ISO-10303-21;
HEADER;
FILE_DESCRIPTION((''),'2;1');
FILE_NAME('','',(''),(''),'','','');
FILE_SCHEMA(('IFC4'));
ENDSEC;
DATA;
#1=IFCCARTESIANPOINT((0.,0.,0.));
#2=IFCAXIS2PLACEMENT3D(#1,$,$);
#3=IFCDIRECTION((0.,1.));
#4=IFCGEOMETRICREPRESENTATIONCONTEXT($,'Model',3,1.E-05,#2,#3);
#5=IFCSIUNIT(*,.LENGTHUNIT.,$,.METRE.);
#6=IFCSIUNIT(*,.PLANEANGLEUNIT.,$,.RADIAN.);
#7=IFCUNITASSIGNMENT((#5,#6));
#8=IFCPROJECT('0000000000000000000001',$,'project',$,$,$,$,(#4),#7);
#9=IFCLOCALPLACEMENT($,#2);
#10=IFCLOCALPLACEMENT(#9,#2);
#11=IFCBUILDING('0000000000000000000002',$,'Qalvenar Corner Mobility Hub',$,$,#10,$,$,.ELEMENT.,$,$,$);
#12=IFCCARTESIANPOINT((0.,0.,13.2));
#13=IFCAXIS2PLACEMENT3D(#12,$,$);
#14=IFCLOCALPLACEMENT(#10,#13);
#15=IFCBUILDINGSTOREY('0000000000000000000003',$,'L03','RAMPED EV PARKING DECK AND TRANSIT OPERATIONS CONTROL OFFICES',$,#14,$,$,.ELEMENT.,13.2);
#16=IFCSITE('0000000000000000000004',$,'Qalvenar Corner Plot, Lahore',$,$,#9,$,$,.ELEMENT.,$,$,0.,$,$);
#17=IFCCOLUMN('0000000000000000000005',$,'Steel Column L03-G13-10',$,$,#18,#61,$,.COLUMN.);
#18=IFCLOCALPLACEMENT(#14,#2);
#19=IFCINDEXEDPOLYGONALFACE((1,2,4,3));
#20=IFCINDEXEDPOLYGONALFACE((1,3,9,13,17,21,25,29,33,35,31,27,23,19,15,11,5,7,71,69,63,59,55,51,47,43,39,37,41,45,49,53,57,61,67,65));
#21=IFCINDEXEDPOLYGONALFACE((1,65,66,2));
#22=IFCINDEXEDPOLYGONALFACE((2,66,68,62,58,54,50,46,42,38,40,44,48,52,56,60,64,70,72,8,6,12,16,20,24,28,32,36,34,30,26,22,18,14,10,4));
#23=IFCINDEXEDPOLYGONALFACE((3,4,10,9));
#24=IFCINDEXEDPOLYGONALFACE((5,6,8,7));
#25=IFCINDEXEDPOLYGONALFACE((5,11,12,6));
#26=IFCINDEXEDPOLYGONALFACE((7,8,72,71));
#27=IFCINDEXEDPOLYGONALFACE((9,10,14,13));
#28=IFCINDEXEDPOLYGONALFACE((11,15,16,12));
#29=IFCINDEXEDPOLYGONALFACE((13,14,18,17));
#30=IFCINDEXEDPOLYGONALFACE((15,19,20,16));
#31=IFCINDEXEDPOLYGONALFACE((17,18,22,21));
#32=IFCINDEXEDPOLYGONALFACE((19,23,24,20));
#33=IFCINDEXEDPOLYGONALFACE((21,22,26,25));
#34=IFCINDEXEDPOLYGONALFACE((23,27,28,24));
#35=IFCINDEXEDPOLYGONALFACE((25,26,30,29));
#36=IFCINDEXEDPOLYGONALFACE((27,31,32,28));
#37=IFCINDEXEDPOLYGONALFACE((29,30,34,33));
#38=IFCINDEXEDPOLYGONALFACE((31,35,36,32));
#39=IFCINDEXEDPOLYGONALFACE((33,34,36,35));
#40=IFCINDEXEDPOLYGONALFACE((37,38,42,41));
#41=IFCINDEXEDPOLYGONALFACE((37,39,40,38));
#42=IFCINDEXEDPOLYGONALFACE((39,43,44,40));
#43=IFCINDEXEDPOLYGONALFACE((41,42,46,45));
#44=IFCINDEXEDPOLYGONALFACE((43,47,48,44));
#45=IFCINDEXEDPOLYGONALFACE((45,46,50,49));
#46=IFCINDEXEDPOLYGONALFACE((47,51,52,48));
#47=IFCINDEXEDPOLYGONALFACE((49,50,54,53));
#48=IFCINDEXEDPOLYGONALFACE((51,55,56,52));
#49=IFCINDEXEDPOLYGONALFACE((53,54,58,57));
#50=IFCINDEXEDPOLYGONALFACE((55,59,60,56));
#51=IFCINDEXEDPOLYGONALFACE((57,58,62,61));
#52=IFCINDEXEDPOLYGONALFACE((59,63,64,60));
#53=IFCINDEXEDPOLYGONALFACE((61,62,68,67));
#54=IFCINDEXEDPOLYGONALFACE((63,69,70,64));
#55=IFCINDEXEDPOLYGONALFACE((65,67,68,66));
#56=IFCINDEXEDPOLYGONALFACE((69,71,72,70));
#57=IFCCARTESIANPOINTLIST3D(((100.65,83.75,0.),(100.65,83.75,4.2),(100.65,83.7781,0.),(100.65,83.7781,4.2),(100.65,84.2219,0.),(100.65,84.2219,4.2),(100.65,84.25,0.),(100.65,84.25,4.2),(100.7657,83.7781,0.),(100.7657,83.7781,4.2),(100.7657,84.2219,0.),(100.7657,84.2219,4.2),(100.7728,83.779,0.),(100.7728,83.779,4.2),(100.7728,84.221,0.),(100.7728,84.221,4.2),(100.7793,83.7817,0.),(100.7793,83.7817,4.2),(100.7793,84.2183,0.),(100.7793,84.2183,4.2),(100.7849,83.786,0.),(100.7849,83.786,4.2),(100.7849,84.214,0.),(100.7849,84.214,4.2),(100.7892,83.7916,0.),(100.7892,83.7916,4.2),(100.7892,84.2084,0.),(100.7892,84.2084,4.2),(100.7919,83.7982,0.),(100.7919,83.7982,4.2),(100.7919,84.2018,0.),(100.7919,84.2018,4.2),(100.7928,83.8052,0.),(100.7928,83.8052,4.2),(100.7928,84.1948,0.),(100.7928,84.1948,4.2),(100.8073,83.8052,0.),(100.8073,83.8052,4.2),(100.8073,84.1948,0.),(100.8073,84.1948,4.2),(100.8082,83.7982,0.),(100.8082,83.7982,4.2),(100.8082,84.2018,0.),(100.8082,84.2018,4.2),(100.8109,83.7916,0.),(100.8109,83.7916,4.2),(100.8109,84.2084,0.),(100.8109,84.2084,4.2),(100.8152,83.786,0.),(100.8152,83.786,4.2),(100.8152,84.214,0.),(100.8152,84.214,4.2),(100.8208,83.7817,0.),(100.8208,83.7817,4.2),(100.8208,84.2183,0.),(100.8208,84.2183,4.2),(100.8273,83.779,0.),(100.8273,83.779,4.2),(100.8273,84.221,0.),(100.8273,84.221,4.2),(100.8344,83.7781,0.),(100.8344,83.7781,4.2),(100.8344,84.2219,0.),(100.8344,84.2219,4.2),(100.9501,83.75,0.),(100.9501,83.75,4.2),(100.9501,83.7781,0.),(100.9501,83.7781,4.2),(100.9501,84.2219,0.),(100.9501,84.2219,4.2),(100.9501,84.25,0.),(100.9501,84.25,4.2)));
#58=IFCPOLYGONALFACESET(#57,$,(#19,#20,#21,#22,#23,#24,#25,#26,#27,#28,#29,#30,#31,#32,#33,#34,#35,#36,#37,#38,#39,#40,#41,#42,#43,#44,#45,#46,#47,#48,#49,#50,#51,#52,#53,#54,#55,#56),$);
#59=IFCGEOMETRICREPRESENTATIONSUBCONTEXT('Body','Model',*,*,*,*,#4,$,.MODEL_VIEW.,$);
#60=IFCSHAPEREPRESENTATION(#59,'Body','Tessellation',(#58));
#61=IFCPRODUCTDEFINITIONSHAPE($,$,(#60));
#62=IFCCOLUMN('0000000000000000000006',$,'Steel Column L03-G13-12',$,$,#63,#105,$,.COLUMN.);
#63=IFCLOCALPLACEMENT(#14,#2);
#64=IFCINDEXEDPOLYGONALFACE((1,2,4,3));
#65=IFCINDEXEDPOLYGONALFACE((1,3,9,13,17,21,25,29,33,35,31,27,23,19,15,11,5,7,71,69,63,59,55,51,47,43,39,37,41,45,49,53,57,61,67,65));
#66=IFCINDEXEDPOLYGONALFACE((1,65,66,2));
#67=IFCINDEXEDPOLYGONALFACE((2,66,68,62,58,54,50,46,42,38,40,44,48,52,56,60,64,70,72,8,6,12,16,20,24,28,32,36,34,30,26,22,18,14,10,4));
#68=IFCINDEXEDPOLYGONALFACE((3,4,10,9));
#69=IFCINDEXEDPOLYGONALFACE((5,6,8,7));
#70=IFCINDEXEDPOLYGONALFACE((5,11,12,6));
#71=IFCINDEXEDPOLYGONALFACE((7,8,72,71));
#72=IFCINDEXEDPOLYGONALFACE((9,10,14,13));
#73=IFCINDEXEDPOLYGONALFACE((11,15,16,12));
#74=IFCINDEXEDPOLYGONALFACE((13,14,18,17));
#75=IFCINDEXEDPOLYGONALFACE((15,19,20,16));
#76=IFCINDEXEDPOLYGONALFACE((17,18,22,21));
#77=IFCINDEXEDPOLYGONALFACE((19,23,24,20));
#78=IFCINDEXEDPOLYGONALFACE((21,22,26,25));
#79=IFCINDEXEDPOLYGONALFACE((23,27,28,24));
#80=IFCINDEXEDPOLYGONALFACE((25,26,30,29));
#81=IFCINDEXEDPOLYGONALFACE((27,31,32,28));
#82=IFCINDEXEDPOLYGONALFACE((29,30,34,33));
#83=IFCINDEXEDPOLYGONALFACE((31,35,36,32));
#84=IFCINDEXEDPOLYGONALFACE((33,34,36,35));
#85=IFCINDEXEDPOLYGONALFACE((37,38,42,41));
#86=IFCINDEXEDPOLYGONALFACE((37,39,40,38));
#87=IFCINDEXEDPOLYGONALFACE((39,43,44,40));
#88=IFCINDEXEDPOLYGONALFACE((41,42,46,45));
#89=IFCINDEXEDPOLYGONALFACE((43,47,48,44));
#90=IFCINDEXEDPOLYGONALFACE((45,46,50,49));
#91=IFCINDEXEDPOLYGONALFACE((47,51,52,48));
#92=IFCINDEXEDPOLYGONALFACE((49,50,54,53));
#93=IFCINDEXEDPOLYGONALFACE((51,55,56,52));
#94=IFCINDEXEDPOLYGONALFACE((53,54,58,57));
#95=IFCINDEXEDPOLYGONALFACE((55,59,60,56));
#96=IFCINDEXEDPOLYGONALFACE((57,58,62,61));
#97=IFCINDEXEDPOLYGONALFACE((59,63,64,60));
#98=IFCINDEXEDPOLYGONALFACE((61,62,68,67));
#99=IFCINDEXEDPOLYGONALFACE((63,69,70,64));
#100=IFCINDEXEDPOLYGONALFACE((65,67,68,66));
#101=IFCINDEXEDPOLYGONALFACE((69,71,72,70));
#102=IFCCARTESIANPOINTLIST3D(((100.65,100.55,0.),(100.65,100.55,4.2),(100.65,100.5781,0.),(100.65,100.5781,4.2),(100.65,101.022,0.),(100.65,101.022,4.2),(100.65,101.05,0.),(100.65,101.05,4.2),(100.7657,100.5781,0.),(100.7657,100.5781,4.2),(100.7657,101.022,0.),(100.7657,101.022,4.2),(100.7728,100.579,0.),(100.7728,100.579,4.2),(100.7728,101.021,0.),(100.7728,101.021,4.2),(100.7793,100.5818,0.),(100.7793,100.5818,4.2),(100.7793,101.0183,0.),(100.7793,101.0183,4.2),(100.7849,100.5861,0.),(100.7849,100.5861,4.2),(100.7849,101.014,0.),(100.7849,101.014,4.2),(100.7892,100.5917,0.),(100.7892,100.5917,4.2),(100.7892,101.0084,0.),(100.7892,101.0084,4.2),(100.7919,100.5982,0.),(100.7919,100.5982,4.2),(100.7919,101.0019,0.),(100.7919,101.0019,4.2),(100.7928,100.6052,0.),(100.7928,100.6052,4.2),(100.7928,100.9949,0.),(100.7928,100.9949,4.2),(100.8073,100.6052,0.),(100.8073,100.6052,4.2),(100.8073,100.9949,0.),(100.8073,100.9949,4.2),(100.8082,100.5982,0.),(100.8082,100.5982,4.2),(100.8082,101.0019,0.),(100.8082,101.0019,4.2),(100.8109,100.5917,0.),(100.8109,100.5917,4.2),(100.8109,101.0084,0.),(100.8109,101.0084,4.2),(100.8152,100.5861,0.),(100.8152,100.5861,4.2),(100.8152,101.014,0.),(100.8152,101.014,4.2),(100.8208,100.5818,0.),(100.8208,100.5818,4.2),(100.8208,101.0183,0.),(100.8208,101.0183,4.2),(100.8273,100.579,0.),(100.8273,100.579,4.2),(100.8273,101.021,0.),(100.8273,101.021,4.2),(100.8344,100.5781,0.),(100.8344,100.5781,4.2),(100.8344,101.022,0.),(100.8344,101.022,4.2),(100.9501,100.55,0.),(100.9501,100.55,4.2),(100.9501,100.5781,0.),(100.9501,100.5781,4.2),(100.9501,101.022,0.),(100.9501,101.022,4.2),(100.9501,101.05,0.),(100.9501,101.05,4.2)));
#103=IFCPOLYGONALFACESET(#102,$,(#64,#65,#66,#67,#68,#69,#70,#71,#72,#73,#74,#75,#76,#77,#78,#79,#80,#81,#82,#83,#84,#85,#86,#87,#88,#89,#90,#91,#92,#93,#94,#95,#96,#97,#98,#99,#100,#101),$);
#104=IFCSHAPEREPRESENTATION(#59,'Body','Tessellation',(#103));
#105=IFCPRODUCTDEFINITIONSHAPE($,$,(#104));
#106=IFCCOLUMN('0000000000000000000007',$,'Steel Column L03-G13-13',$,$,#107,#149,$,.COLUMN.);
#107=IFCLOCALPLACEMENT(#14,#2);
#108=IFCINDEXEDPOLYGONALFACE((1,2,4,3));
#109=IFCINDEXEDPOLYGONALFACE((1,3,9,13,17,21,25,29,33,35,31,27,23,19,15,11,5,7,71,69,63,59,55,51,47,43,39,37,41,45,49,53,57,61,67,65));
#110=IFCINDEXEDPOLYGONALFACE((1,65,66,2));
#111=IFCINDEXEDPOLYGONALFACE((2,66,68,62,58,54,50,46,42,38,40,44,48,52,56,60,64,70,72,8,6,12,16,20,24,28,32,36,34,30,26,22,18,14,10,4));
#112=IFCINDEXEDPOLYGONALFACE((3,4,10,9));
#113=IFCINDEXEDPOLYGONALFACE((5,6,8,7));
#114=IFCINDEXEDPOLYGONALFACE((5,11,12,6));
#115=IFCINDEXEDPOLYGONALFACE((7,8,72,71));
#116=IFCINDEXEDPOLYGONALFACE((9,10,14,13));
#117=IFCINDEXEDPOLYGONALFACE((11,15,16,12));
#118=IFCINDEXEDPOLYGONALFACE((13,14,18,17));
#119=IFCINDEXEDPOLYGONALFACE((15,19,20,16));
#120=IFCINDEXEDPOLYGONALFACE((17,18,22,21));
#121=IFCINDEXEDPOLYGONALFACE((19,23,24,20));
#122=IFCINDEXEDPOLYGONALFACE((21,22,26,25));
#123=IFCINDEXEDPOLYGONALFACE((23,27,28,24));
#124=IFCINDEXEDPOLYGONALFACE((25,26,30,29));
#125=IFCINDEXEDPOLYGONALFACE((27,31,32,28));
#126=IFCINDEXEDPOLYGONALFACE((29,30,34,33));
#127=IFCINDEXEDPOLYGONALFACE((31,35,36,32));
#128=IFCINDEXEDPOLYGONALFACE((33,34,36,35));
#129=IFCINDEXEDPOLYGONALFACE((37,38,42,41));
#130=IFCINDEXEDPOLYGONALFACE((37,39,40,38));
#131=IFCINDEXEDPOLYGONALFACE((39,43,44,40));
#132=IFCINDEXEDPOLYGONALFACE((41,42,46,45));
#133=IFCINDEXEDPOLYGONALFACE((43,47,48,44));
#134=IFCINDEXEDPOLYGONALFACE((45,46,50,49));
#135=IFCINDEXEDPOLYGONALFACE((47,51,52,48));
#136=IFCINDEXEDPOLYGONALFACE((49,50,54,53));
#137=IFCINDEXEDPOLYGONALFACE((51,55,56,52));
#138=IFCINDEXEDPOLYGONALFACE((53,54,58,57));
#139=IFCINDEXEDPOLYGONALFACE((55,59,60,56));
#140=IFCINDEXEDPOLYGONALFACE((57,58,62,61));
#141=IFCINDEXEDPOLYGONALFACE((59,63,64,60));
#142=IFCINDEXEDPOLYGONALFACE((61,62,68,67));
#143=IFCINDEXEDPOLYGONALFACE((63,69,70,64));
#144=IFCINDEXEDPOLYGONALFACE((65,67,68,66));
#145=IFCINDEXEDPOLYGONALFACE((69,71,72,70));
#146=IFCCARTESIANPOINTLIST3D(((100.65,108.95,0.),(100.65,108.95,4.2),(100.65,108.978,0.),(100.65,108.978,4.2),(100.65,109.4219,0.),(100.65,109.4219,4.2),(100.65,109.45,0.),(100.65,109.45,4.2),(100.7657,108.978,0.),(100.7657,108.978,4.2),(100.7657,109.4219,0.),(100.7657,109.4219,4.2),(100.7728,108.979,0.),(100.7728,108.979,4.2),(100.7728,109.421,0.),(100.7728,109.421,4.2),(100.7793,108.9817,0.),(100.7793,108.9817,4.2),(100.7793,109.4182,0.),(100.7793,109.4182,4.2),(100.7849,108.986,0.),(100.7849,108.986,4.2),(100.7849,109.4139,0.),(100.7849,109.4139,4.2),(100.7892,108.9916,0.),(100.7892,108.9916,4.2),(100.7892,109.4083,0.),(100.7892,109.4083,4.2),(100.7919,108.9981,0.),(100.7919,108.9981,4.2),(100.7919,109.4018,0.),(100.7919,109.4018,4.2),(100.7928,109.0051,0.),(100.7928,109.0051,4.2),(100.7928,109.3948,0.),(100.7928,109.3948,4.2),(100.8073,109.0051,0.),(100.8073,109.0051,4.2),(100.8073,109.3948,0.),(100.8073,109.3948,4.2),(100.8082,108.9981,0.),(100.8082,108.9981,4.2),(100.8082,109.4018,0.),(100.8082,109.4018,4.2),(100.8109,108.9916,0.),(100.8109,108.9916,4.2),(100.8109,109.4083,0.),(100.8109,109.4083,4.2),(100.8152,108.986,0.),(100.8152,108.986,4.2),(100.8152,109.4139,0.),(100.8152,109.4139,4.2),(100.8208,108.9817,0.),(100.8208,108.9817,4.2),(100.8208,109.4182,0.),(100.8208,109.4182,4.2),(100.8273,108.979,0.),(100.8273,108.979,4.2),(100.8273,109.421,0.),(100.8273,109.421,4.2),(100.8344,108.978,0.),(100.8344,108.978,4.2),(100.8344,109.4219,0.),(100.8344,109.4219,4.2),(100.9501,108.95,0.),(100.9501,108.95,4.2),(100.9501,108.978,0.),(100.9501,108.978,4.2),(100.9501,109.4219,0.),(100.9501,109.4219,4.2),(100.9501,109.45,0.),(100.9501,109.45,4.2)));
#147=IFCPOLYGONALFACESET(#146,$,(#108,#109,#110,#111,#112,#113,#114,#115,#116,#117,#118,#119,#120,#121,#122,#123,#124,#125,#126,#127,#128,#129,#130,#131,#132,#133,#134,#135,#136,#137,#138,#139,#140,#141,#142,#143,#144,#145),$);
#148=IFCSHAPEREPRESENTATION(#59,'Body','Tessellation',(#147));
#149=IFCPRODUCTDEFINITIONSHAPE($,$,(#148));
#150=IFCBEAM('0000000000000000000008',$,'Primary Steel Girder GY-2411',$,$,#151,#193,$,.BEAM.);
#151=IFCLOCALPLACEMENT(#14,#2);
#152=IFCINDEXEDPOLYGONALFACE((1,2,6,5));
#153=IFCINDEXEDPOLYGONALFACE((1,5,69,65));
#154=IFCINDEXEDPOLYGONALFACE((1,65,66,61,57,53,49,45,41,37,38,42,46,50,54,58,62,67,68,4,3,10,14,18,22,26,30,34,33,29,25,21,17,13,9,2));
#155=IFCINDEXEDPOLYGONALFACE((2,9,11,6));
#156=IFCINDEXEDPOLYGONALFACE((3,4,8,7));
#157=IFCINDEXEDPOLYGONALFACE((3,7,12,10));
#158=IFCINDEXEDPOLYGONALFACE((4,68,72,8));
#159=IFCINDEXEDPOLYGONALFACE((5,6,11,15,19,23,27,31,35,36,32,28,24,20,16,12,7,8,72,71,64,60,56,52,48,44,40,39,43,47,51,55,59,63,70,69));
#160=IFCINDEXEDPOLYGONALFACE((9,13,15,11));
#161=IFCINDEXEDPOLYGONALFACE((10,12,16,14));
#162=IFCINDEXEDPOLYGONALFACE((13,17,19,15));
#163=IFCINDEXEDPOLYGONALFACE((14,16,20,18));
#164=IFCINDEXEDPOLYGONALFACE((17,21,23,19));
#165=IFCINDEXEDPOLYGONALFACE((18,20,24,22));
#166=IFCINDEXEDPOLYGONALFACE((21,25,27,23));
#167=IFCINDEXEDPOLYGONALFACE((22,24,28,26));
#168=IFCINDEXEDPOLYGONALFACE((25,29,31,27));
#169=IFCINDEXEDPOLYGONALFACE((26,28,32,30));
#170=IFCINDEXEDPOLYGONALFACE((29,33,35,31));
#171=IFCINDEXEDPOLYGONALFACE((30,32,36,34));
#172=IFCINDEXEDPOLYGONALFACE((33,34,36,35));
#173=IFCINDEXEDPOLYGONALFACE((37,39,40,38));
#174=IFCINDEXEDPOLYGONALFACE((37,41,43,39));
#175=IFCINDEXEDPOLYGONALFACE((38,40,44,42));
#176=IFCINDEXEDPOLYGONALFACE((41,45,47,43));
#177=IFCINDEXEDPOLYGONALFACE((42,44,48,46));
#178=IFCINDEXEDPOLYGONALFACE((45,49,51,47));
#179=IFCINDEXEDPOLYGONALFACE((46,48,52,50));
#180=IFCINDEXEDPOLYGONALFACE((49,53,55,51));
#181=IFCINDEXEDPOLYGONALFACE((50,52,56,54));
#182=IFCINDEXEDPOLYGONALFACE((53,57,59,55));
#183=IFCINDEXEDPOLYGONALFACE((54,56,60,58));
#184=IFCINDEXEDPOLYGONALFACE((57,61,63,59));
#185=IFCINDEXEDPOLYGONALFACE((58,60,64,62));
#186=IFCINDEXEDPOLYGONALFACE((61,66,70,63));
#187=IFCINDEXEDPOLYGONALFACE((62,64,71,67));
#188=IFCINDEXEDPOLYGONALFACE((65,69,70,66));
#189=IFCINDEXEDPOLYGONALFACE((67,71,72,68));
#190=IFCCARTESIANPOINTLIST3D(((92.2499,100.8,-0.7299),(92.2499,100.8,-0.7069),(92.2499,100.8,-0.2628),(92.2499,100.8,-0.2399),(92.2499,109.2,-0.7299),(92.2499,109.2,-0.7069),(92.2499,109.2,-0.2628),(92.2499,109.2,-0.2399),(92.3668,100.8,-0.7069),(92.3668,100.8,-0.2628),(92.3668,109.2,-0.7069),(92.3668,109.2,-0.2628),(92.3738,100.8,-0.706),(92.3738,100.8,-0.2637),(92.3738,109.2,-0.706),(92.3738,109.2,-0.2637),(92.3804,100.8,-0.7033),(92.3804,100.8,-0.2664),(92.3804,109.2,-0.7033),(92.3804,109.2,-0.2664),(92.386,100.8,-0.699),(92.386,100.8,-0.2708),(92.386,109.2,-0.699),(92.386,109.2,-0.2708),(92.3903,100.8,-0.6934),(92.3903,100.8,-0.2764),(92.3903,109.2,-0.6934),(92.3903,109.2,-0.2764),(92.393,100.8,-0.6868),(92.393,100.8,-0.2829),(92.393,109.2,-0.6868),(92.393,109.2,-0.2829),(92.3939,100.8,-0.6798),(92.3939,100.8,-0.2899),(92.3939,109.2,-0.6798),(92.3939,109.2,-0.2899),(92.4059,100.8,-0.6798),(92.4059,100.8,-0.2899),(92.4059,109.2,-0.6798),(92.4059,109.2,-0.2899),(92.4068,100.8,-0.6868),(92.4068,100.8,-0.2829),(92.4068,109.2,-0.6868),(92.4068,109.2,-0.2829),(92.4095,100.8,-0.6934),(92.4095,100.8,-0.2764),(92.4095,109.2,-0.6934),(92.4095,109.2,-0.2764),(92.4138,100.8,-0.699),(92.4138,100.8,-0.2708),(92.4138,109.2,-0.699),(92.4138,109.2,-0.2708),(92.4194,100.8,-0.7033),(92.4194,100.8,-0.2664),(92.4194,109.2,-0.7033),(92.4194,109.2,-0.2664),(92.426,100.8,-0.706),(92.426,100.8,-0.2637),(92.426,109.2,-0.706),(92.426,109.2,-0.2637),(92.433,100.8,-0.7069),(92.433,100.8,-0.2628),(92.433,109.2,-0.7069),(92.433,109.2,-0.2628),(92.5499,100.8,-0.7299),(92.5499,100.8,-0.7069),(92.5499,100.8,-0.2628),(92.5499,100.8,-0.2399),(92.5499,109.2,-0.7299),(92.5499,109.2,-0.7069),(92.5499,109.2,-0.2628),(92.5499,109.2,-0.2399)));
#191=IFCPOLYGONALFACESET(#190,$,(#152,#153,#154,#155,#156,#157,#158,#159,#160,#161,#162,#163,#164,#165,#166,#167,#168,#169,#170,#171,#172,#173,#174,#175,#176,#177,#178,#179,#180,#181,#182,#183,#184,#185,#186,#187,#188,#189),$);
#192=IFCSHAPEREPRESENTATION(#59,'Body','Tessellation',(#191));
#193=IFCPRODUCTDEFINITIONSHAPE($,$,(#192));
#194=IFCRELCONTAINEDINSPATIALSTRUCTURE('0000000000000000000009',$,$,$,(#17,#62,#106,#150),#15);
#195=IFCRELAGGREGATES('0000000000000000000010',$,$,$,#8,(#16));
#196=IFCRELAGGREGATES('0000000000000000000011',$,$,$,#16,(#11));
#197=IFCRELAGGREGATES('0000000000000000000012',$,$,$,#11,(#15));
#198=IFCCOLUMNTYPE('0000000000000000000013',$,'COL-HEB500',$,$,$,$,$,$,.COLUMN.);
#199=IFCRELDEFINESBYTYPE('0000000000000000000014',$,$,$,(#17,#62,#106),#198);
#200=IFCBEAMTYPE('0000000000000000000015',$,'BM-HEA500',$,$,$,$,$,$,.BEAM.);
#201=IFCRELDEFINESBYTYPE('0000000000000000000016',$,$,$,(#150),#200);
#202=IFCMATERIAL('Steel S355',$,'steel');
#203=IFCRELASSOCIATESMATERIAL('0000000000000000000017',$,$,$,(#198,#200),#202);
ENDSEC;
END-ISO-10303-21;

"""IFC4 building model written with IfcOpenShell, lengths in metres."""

from ifc_helpers import new_model, si_unit, direction, frame, origin, origin_2d, place, context, subcontext, project, spatial, i_section, extrude, material, material_profile, profile_set, type_object, element, save


model = new_model("IFC4")

# Units and contexts
model_context = context("Model", 3, precision=1e-05, world=origin(), true_north=direction((0.0, 1.0)))
body_context = subcontext(model_context, "Body", "Model", "MODEL_VIEW")
ifc_project = project(units=[si_unit("LENGTHUNIT", "METRE"), si_unit("PLANEANGLEUNIT", "RADIAN")], contexts=[model_context])

# Site, building, storey
site_placement = place(None, origin())
site = spatial("IfcSite", under=ifc_project, at=site_placement, Name="Qalvenar Corner Plot, Lahore", CompositionType="ELEMENT", RefElevation=0.0)
building_placement = place(site_placement, origin())
building = spatial("IfcBuilding", under=site, at=building_placement, Name="Qalvenar Corner Mobility Hub", CompositionType="ELEMENT")
storey_placement = place(building_placement, frame((0.0, 0.0, 13.2)))
storey = spatial("IfcBuildingStorey", under=building, at=storey_placement, Name="L03", Description="RAMPED EV PARKING DECK AND TRANSIT OPERATIONS CONTROL OFFICES", CompositionType="ELEMENT", Elevation=13.2)

# Columns
ifc_material = material(Name="Steel S355", Category="steel")
ifc_material_profile_1 = material_profile(ifc_material, i_section(OverallWidth=0.3, OverallDepth=0.5, WebThickness=0.0144, FlangeThickness=0.0281, FilletRadius=0.0271, at=origin_2d()), Name="HEB500")
ifc_profile_set_1 = profile_set([ifc_material_profile_1], Name="Steel S355")
column_type_1 = type_object("IfcColumnType", Name="COL-HEB500", PredefinedType="COLUMN", material=ifc_profile_set_1)
for number, where, z_axis, x_axis, name in (
    (1, (100.8, 84.0, 0.0), (0.0, 0.0, 1.0), (1.0, 0.0, 0.0), "Steel Column L03-G13-10"),
    (2, (100.8, 100.8, 0.0), (0.0, 0.0, 1.0), (1.0, 0.0, 0.0), "Steel Column L03-G13-12"),
    (3, (100.8, 109.2, 0.0), (0.0, 0.0, 1.0), (1.0, 0.0, 0.0), "Steel Column L03-G13-13"),
):
    element("IfcColumn", number, at=place(storey_placement, frame(where, z_axis=z_axis, x_axis=x_axis)), inside=storey, type_object=column_type_1, Name=name, PredefinedType="COLUMN", context=body_context, shape_type="SweptSolid", body=[
        extrude(i_section(OverallWidth=0.3, OverallDepth=0.5, WebThickness=0.0144, FlangeThickness=0.0281, FilletRadius=0.0271, at=origin_2d()), origin(), (0.0, 0.0, 1.0), 4.2),
    ])

# Beam
ifc_material_profile_2 = material_profile(ifc_material, i_section(OverallWidth=0.3, OverallDepth=0.49, WebThickness=0.012, FlangeThickness=0.0229, FilletRadius=0.0271, at=origin_2d()), Name="HEA500")
ifc_profile_set_2 = profile_set([ifc_material_profile_2], Name="Steel S355")
beam_type_1 = type_object("IfcBeamType", Name="BM-HEA500", PredefinedType="BEAM", material=ifc_profile_set_2)
beam_1_placement = place(storey_placement, frame((92.3999, 100.8, -0.4849), z_axis=(0.0, 1.0, 0.0), x_axis=(-1.0, 0.0, 0.0)))
element("IfcBeam", 4, at=beam_1_placement, inside=storey, type_object=beam_type_1, Name="Primary Steel Girder GY-2411", PredefinedType="BEAM", context=body_context, shape_type="SweptSolid", body=[
    extrude(i_section(OverallWidth=0.3, OverallDepth=0.49, WebThickness=0.012, FlangeThickness=0.0229, FilletRadius=0.0271, at=origin_2d()), origin(), (0.0, 0.0, 1.0), 8.3999),
])

save(model, "model.ifc")
